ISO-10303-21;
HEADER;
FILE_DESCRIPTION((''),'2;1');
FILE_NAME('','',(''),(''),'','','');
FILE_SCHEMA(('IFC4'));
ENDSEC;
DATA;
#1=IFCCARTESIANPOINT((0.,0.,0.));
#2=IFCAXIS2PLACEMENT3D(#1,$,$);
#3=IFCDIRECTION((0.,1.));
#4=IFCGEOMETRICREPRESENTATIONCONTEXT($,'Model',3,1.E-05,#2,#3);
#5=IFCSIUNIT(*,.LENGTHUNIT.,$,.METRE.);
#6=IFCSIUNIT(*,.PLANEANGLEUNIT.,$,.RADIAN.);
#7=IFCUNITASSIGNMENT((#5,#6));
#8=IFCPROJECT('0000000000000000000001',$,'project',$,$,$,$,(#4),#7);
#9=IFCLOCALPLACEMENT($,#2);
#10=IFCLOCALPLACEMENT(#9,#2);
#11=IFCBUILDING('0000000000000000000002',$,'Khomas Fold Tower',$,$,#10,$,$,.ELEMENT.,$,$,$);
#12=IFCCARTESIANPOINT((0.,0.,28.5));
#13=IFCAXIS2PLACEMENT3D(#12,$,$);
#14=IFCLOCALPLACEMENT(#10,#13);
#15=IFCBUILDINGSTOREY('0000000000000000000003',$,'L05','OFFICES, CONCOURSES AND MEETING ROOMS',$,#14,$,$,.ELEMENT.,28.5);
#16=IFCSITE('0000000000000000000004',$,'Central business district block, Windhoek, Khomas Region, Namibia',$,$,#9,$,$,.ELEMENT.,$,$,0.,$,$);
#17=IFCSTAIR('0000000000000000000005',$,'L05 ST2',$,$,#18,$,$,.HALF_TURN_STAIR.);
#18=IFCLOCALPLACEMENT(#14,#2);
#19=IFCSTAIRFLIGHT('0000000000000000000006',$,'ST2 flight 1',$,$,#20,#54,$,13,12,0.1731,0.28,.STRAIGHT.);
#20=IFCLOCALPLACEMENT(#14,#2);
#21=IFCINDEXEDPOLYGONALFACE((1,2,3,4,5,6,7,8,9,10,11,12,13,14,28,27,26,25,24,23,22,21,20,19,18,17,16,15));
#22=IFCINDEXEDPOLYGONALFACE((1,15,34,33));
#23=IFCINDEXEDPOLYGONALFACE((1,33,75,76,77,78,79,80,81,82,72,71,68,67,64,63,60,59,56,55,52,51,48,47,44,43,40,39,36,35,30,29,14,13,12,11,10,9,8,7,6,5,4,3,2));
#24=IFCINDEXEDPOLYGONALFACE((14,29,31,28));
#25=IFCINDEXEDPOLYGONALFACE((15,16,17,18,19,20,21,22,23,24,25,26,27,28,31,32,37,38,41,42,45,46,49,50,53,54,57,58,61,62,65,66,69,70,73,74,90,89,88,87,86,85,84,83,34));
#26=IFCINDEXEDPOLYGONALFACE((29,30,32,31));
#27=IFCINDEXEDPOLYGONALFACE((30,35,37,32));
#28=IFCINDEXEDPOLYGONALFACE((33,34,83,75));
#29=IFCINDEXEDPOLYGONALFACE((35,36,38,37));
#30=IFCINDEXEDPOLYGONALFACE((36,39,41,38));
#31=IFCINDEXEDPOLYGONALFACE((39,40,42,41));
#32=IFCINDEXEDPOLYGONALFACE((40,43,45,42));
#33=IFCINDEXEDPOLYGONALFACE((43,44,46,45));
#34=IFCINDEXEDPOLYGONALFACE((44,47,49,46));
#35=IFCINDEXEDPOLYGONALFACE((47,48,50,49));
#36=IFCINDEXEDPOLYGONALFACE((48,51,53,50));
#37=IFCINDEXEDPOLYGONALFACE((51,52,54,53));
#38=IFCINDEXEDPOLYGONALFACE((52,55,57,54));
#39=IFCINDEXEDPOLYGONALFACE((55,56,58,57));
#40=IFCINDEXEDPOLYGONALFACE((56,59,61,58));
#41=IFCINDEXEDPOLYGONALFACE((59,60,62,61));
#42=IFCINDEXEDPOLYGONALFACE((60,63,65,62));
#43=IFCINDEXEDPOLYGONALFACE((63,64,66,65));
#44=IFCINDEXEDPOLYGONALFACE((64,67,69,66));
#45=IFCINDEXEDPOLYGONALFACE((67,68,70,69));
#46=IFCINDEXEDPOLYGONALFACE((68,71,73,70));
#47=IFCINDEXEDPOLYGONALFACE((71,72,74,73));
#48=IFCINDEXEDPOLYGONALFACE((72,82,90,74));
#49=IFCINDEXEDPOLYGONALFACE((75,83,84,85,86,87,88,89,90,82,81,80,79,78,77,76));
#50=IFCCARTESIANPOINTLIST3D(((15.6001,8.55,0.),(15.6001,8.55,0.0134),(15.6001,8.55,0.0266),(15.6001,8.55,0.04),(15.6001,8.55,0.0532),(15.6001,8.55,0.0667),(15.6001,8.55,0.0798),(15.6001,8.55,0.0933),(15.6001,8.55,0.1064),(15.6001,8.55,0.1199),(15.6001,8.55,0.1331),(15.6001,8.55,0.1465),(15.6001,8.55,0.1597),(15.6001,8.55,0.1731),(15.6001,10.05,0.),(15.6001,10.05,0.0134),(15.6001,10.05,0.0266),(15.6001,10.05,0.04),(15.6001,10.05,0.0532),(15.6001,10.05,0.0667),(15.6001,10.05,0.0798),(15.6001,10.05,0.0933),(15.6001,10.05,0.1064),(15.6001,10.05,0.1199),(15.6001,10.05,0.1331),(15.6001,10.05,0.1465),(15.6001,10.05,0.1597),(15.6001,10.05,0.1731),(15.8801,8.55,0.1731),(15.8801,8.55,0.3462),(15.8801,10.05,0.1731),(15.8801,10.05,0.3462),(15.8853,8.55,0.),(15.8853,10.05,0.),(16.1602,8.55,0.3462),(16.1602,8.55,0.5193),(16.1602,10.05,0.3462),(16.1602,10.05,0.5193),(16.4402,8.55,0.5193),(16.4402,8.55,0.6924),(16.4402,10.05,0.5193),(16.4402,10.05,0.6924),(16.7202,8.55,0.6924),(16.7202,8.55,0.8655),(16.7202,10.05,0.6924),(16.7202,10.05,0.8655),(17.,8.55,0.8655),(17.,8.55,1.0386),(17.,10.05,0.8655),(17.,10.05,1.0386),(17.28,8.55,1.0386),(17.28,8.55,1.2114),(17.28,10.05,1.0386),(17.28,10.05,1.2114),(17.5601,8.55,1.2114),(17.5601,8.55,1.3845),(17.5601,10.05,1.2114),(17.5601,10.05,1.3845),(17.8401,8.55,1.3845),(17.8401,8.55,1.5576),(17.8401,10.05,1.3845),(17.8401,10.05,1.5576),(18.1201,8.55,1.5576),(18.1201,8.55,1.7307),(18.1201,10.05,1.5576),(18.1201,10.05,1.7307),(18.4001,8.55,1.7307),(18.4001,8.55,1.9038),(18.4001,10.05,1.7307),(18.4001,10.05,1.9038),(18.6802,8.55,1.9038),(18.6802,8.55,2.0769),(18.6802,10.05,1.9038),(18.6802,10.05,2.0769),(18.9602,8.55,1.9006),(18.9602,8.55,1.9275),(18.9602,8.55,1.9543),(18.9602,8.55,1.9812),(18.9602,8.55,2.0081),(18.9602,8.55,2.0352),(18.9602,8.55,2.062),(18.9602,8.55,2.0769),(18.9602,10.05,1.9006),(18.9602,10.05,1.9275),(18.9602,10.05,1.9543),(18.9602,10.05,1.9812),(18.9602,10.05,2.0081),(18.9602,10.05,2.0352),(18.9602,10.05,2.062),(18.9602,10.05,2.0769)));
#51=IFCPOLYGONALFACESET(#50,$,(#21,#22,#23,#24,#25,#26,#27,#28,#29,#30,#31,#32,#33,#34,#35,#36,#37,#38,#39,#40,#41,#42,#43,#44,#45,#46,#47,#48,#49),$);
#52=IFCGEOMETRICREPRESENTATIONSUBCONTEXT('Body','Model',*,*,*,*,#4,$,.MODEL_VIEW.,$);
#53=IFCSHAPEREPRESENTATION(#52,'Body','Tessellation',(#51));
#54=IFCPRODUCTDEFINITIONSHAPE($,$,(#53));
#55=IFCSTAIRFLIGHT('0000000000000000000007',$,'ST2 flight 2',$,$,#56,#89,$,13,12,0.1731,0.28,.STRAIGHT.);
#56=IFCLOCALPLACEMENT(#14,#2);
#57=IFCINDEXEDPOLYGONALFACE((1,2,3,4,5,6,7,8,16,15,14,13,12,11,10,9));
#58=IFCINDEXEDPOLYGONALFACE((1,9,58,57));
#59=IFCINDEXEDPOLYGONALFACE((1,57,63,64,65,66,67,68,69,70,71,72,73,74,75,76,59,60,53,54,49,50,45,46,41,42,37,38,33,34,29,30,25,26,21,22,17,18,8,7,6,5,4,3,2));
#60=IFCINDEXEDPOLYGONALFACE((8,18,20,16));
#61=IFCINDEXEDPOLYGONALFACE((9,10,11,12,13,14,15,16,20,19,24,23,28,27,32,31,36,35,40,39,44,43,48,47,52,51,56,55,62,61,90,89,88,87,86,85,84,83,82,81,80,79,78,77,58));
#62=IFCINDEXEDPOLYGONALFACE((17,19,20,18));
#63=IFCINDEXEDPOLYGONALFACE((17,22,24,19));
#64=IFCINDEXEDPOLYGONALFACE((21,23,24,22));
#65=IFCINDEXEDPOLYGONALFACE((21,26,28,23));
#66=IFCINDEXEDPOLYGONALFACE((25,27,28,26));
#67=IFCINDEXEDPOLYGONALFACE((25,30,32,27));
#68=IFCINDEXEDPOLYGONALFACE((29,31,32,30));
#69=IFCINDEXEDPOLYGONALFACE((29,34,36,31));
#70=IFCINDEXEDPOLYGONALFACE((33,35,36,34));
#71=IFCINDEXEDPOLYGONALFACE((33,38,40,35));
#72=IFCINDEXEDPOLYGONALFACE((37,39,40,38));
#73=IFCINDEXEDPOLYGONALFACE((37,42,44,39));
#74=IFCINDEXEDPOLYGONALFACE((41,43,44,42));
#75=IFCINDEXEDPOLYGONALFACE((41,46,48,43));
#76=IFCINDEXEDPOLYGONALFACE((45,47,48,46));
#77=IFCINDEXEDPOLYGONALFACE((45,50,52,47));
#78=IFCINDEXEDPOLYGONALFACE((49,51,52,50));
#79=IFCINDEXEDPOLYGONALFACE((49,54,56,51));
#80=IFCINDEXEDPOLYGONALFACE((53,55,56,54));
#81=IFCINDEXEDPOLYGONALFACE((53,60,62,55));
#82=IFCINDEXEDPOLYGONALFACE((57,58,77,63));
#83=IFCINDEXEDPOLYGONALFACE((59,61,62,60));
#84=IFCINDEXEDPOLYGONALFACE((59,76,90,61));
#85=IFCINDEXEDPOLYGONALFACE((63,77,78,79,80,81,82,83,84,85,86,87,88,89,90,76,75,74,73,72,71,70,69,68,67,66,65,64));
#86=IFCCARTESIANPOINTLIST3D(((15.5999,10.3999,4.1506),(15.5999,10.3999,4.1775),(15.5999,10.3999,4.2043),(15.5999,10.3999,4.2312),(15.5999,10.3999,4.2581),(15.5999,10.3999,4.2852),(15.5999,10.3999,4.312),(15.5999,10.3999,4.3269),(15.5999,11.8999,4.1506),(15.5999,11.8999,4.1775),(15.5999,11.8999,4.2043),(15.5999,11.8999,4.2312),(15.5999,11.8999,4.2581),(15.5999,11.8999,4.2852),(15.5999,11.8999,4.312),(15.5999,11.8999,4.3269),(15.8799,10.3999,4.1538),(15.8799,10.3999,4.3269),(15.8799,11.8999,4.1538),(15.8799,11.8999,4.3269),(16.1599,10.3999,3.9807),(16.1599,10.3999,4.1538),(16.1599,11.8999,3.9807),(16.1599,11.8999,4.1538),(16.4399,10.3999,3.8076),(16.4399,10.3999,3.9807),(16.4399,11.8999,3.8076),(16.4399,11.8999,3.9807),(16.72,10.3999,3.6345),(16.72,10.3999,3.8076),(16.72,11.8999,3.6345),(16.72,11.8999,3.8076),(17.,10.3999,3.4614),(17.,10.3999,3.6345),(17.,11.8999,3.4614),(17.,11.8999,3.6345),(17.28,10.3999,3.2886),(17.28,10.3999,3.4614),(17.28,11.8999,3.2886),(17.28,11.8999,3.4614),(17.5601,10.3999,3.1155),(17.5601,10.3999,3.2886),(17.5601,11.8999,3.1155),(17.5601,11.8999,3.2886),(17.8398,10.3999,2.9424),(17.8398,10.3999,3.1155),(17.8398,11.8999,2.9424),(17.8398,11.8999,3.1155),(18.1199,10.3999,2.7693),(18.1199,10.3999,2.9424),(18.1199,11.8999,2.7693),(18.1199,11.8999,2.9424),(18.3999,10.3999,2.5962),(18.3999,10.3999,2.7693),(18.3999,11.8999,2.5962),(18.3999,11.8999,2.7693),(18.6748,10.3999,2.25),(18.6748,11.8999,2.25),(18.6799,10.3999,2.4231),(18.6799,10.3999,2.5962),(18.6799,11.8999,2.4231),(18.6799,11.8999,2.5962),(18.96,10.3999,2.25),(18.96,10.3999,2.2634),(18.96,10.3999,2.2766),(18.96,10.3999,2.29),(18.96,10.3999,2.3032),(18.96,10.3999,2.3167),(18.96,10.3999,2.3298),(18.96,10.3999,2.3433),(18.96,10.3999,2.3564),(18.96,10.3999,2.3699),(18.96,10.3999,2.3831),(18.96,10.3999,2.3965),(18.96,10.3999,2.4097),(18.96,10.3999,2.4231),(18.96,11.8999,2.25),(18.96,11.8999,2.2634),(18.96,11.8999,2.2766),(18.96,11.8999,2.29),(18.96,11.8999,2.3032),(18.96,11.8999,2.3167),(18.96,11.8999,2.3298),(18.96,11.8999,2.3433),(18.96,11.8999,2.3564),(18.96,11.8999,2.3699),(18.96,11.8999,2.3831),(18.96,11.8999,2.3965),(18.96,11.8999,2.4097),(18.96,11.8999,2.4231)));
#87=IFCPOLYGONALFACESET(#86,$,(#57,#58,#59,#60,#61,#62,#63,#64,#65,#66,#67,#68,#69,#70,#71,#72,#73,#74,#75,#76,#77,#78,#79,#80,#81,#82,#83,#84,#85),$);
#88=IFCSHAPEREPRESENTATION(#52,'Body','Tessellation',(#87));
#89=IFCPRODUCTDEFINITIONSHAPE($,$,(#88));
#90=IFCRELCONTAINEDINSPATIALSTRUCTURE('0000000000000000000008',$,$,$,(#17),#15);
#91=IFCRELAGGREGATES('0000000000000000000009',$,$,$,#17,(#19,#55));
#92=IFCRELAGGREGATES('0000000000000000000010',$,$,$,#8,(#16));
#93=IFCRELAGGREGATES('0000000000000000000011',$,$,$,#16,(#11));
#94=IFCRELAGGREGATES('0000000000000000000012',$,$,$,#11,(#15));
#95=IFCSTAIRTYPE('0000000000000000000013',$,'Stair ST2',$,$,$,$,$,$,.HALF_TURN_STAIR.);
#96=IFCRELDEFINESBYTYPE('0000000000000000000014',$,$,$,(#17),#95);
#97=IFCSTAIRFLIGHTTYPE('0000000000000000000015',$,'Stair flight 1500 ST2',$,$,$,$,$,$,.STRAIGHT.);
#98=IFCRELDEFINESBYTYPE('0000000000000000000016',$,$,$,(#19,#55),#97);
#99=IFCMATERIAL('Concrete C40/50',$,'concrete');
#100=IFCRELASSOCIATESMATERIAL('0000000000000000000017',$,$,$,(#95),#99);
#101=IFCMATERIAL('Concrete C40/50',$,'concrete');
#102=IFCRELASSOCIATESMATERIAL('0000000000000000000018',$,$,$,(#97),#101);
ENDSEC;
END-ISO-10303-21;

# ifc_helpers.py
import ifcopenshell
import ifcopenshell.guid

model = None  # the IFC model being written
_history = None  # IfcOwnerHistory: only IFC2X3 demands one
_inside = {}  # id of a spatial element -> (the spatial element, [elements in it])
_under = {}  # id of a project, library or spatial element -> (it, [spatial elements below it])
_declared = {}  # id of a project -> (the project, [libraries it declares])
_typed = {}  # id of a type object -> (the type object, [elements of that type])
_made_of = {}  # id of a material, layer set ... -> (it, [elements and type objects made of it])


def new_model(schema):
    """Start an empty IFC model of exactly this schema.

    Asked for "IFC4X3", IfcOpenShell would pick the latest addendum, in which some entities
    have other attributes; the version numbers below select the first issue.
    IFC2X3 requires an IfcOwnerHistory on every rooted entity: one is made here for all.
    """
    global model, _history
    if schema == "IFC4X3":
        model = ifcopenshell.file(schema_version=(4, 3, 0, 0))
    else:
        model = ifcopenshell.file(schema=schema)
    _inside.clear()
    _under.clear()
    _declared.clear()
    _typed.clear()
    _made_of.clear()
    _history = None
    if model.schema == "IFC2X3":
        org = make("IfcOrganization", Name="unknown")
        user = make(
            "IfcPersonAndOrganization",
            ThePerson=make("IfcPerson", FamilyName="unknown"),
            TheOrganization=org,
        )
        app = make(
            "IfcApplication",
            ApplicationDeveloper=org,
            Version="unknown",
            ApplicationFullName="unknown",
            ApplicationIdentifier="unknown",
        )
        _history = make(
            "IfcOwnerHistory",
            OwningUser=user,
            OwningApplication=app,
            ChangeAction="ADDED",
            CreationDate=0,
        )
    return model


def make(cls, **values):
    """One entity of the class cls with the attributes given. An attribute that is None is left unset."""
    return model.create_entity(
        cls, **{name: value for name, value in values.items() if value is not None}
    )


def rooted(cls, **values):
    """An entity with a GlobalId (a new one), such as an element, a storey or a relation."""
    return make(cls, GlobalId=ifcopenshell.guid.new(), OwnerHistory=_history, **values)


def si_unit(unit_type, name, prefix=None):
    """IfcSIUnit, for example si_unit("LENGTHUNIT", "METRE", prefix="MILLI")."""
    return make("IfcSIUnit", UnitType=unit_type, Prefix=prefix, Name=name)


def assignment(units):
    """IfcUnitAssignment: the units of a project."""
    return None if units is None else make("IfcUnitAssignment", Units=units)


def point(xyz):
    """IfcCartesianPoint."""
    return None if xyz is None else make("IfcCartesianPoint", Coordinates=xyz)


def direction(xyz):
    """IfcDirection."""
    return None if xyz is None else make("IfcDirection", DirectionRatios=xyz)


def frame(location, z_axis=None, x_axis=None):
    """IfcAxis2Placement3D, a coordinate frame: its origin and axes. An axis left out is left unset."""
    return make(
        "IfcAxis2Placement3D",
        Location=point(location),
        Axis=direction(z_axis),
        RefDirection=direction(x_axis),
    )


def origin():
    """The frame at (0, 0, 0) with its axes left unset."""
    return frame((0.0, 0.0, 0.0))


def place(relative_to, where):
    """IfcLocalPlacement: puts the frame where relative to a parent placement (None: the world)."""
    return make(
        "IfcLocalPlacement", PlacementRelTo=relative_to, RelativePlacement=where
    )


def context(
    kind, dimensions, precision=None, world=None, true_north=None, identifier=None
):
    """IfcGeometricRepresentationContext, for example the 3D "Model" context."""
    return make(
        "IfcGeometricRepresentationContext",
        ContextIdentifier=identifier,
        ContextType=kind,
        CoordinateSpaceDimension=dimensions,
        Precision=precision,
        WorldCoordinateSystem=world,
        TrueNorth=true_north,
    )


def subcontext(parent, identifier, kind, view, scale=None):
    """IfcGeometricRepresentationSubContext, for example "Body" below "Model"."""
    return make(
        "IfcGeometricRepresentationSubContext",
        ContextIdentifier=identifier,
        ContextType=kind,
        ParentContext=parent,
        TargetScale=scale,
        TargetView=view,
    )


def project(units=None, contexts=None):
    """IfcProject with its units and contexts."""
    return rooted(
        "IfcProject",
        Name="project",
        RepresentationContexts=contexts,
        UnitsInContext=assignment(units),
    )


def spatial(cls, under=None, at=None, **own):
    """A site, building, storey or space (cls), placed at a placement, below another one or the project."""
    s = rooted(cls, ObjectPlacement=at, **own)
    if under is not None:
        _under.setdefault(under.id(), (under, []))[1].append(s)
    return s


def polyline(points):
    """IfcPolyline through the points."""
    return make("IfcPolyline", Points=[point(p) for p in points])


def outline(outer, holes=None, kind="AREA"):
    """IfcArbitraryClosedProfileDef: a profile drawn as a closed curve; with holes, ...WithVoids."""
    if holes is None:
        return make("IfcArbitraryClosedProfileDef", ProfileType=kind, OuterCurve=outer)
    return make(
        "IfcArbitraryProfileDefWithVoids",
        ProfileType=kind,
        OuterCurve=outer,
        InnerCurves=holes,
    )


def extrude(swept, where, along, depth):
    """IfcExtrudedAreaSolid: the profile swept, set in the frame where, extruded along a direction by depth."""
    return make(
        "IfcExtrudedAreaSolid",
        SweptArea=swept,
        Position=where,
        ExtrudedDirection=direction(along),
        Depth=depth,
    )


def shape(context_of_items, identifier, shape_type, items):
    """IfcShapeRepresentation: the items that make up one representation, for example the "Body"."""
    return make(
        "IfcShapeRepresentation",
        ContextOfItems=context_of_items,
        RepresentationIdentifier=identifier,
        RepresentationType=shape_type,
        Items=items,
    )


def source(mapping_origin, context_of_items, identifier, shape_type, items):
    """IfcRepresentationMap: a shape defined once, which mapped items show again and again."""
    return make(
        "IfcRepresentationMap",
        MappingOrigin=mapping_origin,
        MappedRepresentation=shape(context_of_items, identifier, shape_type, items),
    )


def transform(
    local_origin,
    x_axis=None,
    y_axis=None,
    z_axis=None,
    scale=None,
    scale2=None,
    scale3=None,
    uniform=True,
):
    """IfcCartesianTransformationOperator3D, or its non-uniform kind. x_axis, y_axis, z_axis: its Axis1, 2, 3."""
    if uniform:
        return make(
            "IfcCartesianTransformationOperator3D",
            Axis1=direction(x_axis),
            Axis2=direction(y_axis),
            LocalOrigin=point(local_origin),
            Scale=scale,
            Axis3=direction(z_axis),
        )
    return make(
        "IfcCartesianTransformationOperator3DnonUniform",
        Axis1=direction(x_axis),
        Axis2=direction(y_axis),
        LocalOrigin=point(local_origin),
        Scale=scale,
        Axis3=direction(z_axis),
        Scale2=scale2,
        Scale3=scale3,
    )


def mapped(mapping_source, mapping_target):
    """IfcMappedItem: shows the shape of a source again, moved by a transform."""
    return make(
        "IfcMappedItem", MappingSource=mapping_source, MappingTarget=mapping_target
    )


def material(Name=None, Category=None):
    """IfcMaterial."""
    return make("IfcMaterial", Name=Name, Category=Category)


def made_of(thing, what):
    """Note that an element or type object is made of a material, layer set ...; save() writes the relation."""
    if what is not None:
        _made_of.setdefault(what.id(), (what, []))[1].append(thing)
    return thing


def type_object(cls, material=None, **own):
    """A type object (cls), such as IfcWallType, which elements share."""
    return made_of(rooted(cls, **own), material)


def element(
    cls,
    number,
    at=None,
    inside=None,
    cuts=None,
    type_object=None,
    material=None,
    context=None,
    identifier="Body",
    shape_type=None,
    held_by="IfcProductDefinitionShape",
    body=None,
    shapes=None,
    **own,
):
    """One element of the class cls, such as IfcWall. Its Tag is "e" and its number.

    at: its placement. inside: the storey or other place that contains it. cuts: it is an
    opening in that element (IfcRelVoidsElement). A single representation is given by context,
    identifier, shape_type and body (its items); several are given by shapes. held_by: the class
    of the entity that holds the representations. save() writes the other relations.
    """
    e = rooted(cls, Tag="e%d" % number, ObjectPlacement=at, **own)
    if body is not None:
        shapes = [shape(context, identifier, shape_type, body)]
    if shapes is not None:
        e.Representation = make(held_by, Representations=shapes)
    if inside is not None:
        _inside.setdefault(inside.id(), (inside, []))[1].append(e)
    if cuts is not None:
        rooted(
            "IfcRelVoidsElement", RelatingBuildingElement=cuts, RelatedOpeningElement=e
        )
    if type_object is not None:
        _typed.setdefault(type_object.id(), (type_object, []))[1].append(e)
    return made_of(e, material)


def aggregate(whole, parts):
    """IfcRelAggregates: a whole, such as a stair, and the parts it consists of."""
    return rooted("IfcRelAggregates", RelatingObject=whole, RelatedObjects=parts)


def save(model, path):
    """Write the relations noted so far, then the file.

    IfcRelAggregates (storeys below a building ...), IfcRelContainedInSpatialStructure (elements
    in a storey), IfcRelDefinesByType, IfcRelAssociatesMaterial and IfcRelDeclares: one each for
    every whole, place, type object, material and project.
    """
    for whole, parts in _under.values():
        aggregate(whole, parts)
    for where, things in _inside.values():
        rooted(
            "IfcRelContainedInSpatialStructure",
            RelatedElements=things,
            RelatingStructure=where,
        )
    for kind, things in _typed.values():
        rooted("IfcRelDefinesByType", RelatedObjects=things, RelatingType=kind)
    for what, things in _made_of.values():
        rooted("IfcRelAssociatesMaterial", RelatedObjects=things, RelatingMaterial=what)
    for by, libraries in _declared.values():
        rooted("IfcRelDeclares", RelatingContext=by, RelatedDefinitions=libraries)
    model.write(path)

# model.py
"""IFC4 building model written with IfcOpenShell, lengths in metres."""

from ifc_helpers import new_model, si_unit, direction, frame, origin, place, context, subcontext, project, spatial, polyline, outline, extrude, source, transform, mapped, material, type_object, element, aggregate, save


model = new_model("IFC4")

# Units and contexts
model_context = context("Model", 3, precision=1e-05, world=origin(), true_north=direction((0.0, 1.0)))
body_context = subcontext(model_context, "Body", "Model", "MODEL_VIEW")
ifc_project = project(units=[si_unit("LENGTHUNIT", "METRE"), si_unit("PLANEANGLEUNIT", "RADIAN")], contexts=[model_context])

# Site, building, storey
site_placement = place(None, origin())
site = spatial("IfcSite", under=ifc_project, at=site_placement, Name="Central business district block, Windhoek, Khomas Region, Namibia", CompositionType="ELEMENT", RefElevation=0.0)
building_placement = place(site_placement, origin())
building = spatial("IfcBuilding", under=site, at=building_placement, Name="Khomas Fold Tower", CompositionType="ELEMENT")
storey_placement = place(building_placement, frame((0.0, 0.0, 28.5)))
storey = spatial("IfcBuildingStorey", under=building, at=storey_placement, Name="L05", Description="OFFICES, CONCOURSES AND MEETING ROOMS", CompositionType="ELEMENT", Elevation=28.5)

# Stair, stair flights
ifc_material_1 = material(Name="Concrete C40/50", Category="concrete")
stair_type = type_object("IfcStairType", Name="Stair ST2", PredefinedType="HALF_TURN_STAIR", material=ifc_material_1)
stair_placement = place(storey_placement, origin())
stair = element("IfcStair", 1, at=stair_placement, inside=storey, type_object=stair_type, Name="L05 ST2", PredefinedType="HALF_TURN_STAIR")
ifc_material_2 = material(Name="Concrete C40/50", Category="concrete")
stair_flight_type = type_object("IfcStairFlightType", Name="Stair flight 1500 ST2", PredefinedType="STRAIGHT", material=ifc_material_2)
shared_shape_1 = source(origin(), body_context, "Body", "SweptSolid", [
    extrude(outline(polyline([(0.0, 0.0), (0.0, 0.0134), (0.0, 0.0266), (0.0, 0.04), (0.0, 0.0532), (0.0, 0.0667), (0.0, 0.0798), (0.0, 0.0933), (0.0, 0.1064), (0.0, 0.1199), (0.0, 0.1331), (0.0, 0.1465), (0.0, 0.1597), (0.0, 0.1731), (0.28, 0.1731), (0.28, 0.3462), (0.5601, 0.3462), (0.5601, 0.5193), (0.8401, 0.5193), (0.8401, 0.6924), (1.1201, 0.6924), (1.1201, 0.8655), (1.3999, 0.8655), (1.3999, 1.0386), (1.6799, 1.0386), (1.6799, 1.2114), (1.96, 1.2114), (1.96, 1.3845), (2.24, 1.3845), (2.24, 1.5576), (2.52, 1.5576), (2.52, 1.7307), (2.8, 1.7307), (2.8, 1.9038), (3.0801, 1.9038), (3.0801, 2.0769), (3.3601, 2.0769), (3.3601, 2.25), (3.3601, 2.2231), (3.3601, 2.1963), (3.3601, 2.1694), (3.3601, 2.1426), (3.3601, 2.1157), (3.3601, 2.0889), (3.3601, 2.062), (3.3601, 2.0352), (3.3601, 2.0081), (3.3601, 1.9812), (3.3601, 1.9543), (3.3601, 1.9275), (3.3601, 1.9006), (0.2852, 0.0), (0.0, 0.0)])), frame((0.0, 0.75, 0.0), z_axis=(0.0, -1.0, 0.0), x_axis=(1.0, 0.0, 0.0)), (0.0, 0.0, 1.0), 1.5),
])
stair_flight_1_placement = place(storey_placement, frame((15.6001, 9.3, 0.0), z_axis=(0.0, 0.0, 1.0), x_axis=(1.0, 0.0, 0.0)))
stair_flight_1 = element("IfcStairFlight", 2, at=stair_flight_1_placement, type_object=stair_flight_type, Name="ST2 flight 1", NumberOfRisers=13, NumberOfTreads=12, PredefinedType="STRAIGHT", RiserHeight=0.1731, TreadLength=0.28, context=body_context, shape_type="MappedRepresentation", body=[
    mapped(shared_shape_1, transform((0.0, 0.0, 0.0))),
])
stair_flight_2_placement = place(storey_placement, frame((18.96, 11.1499, 2.25), z_axis=(0.0, 0.0, 1.0), x_axis=(-1.0, 0.0, 0.0)))
stair_flight_2 = element("IfcStairFlight", 3, at=stair_flight_2_placement, type_object=stair_flight_type, Name="ST2 flight 2", NumberOfRisers=13, NumberOfTreads=12, PredefinedType="STRAIGHT", RiserHeight=0.1731, TreadLength=0.28, context=body_context, shape_type="MappedRepresentation", body=[
    mapped(shared_shape_1, transform((0.0, 0.0, 0.0))),
])
aggregate(stair, [stair_flight_1, stair_flight_2])

save(model, "model.ifc")
